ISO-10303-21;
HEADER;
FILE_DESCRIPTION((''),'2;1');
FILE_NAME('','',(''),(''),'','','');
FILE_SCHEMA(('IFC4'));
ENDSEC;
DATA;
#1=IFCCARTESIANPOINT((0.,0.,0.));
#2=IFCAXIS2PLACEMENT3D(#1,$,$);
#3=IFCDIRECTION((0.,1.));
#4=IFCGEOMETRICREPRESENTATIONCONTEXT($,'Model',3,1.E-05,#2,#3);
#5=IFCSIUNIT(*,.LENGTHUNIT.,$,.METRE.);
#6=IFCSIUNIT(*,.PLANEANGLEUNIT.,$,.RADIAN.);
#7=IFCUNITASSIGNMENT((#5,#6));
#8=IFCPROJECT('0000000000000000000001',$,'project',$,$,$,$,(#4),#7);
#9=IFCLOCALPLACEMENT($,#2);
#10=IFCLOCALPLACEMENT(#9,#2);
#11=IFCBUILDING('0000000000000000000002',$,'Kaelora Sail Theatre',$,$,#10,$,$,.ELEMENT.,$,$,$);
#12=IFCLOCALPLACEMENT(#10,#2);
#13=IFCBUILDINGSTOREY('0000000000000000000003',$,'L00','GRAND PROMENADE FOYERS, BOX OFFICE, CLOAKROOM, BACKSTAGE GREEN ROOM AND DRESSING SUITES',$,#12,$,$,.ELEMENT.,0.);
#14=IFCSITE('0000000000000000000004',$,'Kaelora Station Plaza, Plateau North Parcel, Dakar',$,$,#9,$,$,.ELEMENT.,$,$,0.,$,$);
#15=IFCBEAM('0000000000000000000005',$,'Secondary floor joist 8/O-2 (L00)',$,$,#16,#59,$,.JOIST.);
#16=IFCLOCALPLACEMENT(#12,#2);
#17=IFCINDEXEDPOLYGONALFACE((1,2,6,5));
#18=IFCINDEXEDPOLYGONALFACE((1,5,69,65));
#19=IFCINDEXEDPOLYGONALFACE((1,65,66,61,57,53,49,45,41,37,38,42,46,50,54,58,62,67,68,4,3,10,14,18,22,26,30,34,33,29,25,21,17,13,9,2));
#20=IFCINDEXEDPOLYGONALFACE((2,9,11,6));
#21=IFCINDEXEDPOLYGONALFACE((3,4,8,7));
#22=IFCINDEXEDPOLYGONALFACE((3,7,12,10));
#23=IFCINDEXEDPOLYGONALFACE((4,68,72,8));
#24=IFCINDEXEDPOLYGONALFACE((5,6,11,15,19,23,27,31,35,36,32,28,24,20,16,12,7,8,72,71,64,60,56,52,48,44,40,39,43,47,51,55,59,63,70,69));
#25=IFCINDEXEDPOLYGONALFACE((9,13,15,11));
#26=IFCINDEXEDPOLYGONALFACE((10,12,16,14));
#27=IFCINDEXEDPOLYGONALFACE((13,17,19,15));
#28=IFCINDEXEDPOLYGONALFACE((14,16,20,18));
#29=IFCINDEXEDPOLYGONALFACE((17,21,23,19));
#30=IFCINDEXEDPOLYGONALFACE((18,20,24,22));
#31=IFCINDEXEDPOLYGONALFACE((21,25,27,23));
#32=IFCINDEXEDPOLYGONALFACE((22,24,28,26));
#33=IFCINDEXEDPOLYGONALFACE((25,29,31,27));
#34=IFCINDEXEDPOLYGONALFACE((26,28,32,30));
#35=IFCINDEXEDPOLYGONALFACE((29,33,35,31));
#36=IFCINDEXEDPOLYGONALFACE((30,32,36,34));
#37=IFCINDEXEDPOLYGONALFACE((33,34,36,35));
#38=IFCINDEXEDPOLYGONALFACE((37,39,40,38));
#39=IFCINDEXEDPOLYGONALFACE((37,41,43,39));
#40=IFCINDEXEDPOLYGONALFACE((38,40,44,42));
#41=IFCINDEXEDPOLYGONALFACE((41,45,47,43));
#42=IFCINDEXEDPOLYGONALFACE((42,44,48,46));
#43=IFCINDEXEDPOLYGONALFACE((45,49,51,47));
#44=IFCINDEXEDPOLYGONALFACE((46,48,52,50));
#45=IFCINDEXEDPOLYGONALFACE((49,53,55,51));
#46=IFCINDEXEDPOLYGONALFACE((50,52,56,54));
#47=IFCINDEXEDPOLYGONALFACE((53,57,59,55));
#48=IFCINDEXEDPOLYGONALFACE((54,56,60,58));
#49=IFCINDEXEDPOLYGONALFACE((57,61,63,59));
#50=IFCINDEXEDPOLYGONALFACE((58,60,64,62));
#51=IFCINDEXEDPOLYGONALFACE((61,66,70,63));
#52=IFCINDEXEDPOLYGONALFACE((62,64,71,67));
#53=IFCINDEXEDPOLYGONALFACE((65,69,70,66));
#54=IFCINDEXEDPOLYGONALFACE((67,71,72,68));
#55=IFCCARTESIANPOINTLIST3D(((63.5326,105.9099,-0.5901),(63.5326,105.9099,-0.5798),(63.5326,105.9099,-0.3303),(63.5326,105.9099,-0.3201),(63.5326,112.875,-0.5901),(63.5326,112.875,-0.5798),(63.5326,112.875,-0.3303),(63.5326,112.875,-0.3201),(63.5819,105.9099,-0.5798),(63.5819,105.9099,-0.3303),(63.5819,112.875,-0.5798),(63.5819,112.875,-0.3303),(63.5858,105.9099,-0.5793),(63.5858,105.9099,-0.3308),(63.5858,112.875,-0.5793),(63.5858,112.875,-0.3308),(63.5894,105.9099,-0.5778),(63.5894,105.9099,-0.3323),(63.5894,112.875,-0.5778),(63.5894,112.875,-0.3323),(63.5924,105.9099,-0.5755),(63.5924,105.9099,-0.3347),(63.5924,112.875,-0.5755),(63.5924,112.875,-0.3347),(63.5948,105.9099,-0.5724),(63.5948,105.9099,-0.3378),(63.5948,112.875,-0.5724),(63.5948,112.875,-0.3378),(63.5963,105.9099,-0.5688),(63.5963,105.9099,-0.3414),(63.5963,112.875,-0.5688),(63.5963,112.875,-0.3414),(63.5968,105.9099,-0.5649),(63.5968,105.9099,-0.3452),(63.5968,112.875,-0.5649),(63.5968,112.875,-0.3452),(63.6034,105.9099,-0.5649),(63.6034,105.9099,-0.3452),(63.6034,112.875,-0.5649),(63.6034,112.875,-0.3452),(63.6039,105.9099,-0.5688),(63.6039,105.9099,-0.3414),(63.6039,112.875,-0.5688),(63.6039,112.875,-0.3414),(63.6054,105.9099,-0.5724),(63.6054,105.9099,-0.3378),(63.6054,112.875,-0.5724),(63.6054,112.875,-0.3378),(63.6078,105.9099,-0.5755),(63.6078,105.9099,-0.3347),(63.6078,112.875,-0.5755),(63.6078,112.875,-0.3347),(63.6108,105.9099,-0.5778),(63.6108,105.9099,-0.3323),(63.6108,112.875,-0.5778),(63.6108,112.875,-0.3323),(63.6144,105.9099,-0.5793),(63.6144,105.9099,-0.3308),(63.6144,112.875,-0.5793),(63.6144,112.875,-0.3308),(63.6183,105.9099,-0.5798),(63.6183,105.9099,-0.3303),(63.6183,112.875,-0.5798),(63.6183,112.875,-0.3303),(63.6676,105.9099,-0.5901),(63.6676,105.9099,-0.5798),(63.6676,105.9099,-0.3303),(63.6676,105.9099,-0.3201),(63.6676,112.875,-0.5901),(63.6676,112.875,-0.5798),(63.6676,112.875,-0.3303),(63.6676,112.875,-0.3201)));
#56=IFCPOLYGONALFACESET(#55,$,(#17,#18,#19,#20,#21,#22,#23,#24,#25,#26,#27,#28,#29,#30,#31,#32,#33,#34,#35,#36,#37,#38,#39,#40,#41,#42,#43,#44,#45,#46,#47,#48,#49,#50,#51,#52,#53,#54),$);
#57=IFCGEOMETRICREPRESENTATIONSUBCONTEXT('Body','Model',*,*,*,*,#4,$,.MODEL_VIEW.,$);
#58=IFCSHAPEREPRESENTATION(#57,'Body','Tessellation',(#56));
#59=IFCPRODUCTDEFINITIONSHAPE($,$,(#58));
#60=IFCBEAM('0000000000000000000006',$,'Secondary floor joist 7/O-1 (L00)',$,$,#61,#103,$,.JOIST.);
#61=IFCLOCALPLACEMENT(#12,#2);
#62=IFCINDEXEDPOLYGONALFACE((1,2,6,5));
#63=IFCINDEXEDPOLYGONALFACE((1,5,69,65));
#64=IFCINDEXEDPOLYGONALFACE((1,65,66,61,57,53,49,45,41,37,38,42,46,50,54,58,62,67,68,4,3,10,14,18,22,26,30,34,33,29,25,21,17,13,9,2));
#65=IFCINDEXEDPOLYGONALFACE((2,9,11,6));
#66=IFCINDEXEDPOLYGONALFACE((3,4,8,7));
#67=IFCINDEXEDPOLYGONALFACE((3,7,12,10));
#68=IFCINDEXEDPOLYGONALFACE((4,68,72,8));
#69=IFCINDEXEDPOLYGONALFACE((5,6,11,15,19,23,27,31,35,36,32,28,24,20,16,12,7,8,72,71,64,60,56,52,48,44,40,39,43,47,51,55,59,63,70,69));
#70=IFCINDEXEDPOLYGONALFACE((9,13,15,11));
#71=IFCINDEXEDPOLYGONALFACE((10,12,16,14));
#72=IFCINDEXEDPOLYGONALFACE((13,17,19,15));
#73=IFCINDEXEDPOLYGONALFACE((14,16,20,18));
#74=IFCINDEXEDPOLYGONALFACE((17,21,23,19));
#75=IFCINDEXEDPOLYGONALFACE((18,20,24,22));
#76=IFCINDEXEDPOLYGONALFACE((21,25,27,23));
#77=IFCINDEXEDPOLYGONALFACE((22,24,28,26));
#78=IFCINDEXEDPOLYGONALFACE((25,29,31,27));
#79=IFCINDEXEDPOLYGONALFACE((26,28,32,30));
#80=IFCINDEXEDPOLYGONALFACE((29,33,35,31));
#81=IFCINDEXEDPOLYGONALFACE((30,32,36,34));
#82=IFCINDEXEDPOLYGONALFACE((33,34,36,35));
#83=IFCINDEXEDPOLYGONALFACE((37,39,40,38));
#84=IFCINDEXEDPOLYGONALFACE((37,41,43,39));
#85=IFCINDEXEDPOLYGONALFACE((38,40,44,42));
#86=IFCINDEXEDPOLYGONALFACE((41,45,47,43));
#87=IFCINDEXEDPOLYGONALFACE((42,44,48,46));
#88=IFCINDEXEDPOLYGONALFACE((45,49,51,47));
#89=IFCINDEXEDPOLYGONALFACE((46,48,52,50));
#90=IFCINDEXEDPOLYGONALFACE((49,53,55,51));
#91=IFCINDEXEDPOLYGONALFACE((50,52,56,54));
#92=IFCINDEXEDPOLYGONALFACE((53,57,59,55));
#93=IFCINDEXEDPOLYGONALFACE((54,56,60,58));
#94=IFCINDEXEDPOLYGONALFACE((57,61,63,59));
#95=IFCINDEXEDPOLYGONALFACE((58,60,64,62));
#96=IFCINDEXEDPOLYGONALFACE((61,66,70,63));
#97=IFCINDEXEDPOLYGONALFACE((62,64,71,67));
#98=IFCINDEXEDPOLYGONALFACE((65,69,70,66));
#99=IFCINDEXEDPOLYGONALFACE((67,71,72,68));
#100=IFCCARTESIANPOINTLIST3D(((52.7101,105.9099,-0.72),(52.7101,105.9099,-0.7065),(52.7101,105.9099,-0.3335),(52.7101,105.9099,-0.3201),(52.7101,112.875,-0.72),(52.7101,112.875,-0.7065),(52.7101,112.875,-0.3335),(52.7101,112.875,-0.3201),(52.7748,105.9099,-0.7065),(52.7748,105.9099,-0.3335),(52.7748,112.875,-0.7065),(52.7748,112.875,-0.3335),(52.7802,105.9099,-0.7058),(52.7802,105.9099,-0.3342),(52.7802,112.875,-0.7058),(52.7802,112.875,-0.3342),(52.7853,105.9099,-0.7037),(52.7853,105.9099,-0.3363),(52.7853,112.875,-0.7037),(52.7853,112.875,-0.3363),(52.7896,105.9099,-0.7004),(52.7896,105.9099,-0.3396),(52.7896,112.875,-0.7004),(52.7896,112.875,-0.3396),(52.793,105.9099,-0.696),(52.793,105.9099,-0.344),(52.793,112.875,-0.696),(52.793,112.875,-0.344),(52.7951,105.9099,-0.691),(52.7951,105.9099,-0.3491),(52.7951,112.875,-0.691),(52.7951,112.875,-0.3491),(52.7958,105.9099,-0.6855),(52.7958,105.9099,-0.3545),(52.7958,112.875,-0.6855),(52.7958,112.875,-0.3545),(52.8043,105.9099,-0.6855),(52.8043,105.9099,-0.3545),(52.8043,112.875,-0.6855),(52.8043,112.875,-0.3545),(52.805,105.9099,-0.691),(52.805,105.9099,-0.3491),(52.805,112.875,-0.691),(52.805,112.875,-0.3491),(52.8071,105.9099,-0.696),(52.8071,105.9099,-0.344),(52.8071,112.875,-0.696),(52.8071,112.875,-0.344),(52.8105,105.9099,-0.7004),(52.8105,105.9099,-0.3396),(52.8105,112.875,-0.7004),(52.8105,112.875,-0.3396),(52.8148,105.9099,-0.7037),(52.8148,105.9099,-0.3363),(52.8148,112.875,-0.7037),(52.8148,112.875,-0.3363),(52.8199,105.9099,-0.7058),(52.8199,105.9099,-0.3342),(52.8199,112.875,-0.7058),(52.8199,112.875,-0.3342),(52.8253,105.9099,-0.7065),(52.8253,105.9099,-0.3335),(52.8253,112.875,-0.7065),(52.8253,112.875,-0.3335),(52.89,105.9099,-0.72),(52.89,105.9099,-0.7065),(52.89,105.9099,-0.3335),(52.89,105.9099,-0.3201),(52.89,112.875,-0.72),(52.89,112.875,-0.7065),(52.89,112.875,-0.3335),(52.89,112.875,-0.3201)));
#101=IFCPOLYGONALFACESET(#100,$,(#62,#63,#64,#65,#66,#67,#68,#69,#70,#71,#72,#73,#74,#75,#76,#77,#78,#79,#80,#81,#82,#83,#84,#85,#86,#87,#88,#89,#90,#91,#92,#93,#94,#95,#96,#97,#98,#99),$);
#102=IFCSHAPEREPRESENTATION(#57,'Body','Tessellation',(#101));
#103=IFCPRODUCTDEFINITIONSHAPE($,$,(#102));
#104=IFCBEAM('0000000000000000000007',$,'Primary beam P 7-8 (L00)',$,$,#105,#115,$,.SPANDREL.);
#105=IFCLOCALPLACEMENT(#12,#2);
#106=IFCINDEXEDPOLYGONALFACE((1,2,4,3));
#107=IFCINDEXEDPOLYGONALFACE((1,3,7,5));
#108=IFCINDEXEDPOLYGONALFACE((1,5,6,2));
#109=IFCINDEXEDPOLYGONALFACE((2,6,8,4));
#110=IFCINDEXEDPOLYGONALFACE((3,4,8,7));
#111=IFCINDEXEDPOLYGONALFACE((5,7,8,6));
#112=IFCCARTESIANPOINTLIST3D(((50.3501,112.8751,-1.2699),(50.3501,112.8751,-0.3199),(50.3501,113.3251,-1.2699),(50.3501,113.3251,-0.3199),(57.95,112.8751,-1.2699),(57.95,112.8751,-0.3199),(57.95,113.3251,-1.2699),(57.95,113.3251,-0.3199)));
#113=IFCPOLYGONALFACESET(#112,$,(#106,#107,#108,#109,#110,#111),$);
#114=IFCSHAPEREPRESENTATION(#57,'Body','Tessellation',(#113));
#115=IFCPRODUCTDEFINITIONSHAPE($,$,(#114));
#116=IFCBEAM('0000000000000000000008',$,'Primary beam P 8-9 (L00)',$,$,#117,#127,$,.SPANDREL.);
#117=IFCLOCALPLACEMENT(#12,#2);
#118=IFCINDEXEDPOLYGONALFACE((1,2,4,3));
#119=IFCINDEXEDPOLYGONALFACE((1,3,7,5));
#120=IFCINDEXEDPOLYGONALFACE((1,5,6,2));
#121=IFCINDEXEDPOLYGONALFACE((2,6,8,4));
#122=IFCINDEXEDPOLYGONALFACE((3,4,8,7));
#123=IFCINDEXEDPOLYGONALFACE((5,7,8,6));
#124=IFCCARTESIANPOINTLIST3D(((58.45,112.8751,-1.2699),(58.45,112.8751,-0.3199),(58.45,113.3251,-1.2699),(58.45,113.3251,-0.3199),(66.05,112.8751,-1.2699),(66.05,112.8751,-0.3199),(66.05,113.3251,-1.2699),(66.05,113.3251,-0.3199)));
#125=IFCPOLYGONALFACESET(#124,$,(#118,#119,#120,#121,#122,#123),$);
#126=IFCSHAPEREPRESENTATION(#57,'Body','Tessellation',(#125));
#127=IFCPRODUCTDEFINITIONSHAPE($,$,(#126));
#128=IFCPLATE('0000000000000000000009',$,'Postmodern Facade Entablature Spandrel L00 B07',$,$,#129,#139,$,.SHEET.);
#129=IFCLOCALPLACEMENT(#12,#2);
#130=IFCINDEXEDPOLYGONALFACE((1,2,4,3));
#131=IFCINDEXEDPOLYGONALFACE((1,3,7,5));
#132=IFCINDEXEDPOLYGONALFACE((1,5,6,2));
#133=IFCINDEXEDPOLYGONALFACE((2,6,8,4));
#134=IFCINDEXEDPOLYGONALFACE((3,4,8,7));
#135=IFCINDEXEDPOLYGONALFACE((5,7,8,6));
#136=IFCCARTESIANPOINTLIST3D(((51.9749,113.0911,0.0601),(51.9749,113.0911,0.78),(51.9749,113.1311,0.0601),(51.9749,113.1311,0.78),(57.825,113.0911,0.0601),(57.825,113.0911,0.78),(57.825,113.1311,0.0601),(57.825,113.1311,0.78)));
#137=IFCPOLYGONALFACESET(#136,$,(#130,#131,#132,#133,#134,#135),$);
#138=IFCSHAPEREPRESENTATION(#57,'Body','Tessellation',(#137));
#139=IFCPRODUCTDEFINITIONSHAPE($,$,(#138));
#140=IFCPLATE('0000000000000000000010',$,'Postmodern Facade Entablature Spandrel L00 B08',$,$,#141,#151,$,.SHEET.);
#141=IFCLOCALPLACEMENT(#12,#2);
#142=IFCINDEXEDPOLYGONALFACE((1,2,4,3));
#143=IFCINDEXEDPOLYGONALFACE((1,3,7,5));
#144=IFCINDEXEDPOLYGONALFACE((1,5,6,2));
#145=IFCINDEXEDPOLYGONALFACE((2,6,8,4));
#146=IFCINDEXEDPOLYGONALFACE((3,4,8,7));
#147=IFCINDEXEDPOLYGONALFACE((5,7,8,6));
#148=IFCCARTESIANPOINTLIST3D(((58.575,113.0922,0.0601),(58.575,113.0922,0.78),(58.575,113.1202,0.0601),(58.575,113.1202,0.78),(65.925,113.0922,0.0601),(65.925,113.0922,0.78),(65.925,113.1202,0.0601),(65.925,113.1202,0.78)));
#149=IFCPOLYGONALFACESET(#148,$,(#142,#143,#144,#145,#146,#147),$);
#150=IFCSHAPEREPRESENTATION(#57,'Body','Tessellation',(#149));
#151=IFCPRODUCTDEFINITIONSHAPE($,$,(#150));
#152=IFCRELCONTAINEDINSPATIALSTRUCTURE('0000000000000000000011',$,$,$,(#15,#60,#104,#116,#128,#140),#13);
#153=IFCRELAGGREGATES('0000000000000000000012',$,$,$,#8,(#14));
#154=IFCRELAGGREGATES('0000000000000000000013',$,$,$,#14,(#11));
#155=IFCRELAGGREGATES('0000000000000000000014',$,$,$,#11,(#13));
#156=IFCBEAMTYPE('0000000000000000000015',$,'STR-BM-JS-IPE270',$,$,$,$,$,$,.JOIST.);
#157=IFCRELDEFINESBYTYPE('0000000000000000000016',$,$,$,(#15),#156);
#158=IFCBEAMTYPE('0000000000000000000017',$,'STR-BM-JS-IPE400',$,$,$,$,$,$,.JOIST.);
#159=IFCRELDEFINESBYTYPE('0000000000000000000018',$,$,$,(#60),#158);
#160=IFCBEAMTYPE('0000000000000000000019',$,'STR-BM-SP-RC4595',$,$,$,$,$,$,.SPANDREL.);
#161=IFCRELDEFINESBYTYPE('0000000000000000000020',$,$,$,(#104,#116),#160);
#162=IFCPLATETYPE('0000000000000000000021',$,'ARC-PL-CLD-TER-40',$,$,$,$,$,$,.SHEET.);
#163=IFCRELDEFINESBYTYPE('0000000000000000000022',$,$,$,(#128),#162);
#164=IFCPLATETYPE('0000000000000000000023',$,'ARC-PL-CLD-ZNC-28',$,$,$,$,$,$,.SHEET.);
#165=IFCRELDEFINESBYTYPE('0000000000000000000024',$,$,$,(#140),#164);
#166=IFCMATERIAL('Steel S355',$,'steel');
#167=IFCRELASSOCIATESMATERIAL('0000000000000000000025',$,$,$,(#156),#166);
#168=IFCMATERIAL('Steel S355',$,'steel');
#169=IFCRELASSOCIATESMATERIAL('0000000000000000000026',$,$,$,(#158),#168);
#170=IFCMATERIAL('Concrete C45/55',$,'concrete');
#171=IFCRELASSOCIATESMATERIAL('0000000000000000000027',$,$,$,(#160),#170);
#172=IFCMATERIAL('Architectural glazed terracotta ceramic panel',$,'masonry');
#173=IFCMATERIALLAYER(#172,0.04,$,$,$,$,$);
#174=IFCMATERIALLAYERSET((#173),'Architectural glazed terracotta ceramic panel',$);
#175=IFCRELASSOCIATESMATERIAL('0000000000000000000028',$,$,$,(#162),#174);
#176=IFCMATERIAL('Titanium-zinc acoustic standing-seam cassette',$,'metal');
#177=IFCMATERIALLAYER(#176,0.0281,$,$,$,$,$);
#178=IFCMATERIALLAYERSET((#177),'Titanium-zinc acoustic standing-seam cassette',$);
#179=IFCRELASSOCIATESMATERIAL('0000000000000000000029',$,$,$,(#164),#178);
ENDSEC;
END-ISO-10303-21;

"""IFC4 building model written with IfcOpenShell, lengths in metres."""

from ifc_helpers import new_model, si_unit, direction, frame, origin, origin_2d, place, context, subcontext, project, spatial, rectangle, i_section, extrude, material, layer, layer_set, material_profile, profile_set, type_object, element, save


model = new_model("IFC4")

# Units and contexts
model_context = context("Model", 3, precision=1e-05, world=origin(), true_north=direction((0.0, 1.0)))
body_context = subcontext(model_context, "Body", "Model", "MODEL_VIEW")
ifc_project = project(units=[si_unit("LENGTHUNIT", "METRE"), si_unit("PLANEANGLEUNIT", "RADIAN")], contexts=[model_context])

# Site, building, storey
site_placement = place(None, origin())
site = spatial("IfcSite", under=ifc_project, at=site_placement, Name="Kaelora Station Plaza, Plateau North Parcel, Dakar", CompositionType="ELEMENT", RefElevation=0.0)
building_placement = place(site_placement, origin())
building = spatial("IfcBuilding", under=site, at=building_placement, Name="Kaelora Sail Theatre", CompositionType="ELEMENT")
storey_placement = place(building_placement, origin())
storey = spatial("IfcBuildingStorey", under=building, at=storey_placement, Name="L00", Description="GRAND PROMENADE FOYERS, BOX OFFICE, CLOAKROOM, BACKSTAGE GREEN ROOM AND DRESSING SUITES", CompositionType="ELEMENT", Elevation=0.0)

# Beams
ifc_material_1 = material(Name="Steel S355", Category="steel")
ifc_material_profile_1 = material_profile(ifc_material_1, i_section(OverallWidth=0.135, OverallDepth=0.27, WebThickness=0.0066, FlangeThickness=0.0103, FilletRadius=0.0149, at=origin_2d()), Name="IPE 270")
ifc_profile_set_1 = profile_set([ifc_material_profile_1], Name="Steel S355")
beam_type_1 = type_object("IfcBeamType", Name="STR-BM-JS-IPE270", PredefinedType="JOIST", material=ifc_profile_set_1)
beam_1_placement = place(storey_placement, frame((63.6001, 105.9099, -0.4551), z_axis=(0.0, 1.0, 0.0), x_axis=(-1.0, 0.0, 0.0)))
element("IfcBeam", 1, at=beam_1_placement, inside=storey, type_object=beam_type_1, Name="Secondary floor joist 8/O-2 (L00)", PredefinedType="JOIST", context=body_context, shape_type="SweptSolid", body=[
    extrude(i_section(OverallWidth=0.135, OverallDepth=0.27, WebThickness=0.0066, FlangeThickness=0.0103, FilletRadius=0.0149, at=origin_2d()), origin(), (0.0, 0.0, 1.0), 6.9651),
])
ifc_material_2 = material(Name="Steel S355", Category="steel")
ifc_material_profile_2 = material_profile(ifc_material_2, i_section(OverallWidth=0.1799, OverallDepth=0.3999, WebThickness=0.0085, FlangeThickness=0.0134, FilletRadius=0.021, at=origin_2d()), Name="IPE 400")
ifc_profile_set_2 = profile_set([ifc_material_profile_2], Name="Steel S355")
beam_type_2 = type_object("IfcBeamType", Name="STR-BM-JS-IPE400", PredefinedType="JOIST", material=ifc_profile_set_2)
beam_2_placement = place(storey_placement, frame((52.8, 105.9099, -0.52), z_axis=(0.0, 1.0, 0.0), x_axis=(-1.0, 0.0, 0.0)))
element("IfcBeam", 2, at=beam_2_placement, inside=storey, type_object=beam_type_2, Name="Secondary floor joist 7/O-1 (L00)", PredefinedType="JOIST", context=body_context, shape_type="SweptSolid", body=[
    extrude(i_section(OverallWidth=0.1799, OverallDepth=0.3999, WebThickness=0.0085, FlangeThickness=0.0134, FilletRadius=0.021, at=origin_2d()), origin(), (0.0, 0.0, 1.0), 6.9651),
])
ifc_material_3 = material(Name="Concrete C45/55", Category="concrete")
ifc_material_profile_3 = material_profile(ifc_material_3, rectangle(XDim=0.45, YDim=0.95, at=origin_2d()), Name="RC-SPN 450x950")
ifc_profile_set_3 = profile_set([ifc_material_profile_3], Name="Concrete C45/55")
beam_type_3 = type_object("IfcBeamType", Name="STR-BM-SP-RC4595", PredefinedType="SPANDREL", material=ifc_profile_set_3)
beam_3_placement = place(storey_placement, frame((50.3501, 113.1001, -0.7949), z_axis=(1.0, 0.0, 0.0), x_axis=(0.0, 1.0, 0.0)))
element("IfcBeam", 3, at=beam_3_placement, inside=storey, type_object=beam_type_3, Name="Primary beam P 7-8 (L00)", PredefinedType="SPANDREL", context=body_context, shape_type="SweptSolid", body=[
    extrude(rectangle(XDim=0.45, YDim=0.95, at=origin_2d()), origin(), (0.0, 0.0, 1.0), 7.5999),
])
beam_4_placement = place(storey_placement, frame((58.45, 113.1001, -0.7949), z_axis=(1.0, 0.0, 0.0), x_axis=(0.0, 1.0, 0.0)))
element("IfcBeam", 4, at=beam_4_placement, inside=storey, type_object=beam_type_3, Name="Primary beam P 8-9 (L00)", PredefinedType="SPANDREL", context=body_context, shape_type="SweptSolid", body=[
    extrude(rectangle(XDim=0.45, YDim=0.95, at=origin_2d()), origin(), (0.0, 0.0, 1.0), 7.6001),
])

# Plates
ifc_material_4 = material(Name="Architectural glazed terracotta ceramic panel", Category="masonry")
ifc_layer_1 = layer(ifc_material_4, 0.04)
ifc_layer_set_1 = layer_set([ifc_layer_1], Name="Architectural glazed terracotta ceramic panel")
plate_type_1 = type_object("IfcPlateType", Name="ARC-PL-CLD-TER-40", PredefinedType="SHEET", material=ifc_layer_set_1)
plate_1_placement = place(storey_placement, frame((54.8999, 113.1111, 0.0601), z_axis=(0.0, 0.0, 1.0), x_axis=(1.0, 0.0, 0.0)))
element("IfcPlate", 5, at=plate_1_placement, inside=storey, type_object=plate_type_1, Name="Postmodern Facade Entablature Spandrel L00 B07", PredefinedType="SHEET", context=body_context, shape_type="SweptSolid", body=[
    extrude(rectangle(XDim=5.8501, YDim=0.04, at=origin_2d()), origin(), (0.0, 0.0, 1.0), 0.72),
])
ifc_material_5 = material(Name="Titanium-zinc acoustic standing-seam cassette", Category="metal")
ifc_layer_2 = layer(ifc_material_5, 0.0281)
ifc_layer_set_2 = layer_set([ifc_layer_2], Name="Titanium-zinc acoustic standing-seam cassette")
plate_type_2 = type_object("IfcPlateType", Name="ARC-PL-CLD-ZNC-28", PredefinedType="SHEET", material=ifc_layer_set_2)
plate_2_placement = place(storey_placement, frame((62.25, 113.1062, 0.0601), z_axis=(0.0, 0.0, 1.0), x_axis=(1.0, 0.0, 0.0)))
element("IfcPlate", 6, at=plate_2_placement, inside=storey, type_object=plate_type_2, Name="Postmodern Facade Entablature Spandrel L00 B08", PredefinedType="SHEET", context=body_context, shape_type="SweptSolid", body=[
    extrude(rectangle(XDim=7.3501, YDim=0.0281, at=origin_2d()), origin(), (0.0, 0.0, 1.0), 0.72),
])

save(model, "model.ifc")
